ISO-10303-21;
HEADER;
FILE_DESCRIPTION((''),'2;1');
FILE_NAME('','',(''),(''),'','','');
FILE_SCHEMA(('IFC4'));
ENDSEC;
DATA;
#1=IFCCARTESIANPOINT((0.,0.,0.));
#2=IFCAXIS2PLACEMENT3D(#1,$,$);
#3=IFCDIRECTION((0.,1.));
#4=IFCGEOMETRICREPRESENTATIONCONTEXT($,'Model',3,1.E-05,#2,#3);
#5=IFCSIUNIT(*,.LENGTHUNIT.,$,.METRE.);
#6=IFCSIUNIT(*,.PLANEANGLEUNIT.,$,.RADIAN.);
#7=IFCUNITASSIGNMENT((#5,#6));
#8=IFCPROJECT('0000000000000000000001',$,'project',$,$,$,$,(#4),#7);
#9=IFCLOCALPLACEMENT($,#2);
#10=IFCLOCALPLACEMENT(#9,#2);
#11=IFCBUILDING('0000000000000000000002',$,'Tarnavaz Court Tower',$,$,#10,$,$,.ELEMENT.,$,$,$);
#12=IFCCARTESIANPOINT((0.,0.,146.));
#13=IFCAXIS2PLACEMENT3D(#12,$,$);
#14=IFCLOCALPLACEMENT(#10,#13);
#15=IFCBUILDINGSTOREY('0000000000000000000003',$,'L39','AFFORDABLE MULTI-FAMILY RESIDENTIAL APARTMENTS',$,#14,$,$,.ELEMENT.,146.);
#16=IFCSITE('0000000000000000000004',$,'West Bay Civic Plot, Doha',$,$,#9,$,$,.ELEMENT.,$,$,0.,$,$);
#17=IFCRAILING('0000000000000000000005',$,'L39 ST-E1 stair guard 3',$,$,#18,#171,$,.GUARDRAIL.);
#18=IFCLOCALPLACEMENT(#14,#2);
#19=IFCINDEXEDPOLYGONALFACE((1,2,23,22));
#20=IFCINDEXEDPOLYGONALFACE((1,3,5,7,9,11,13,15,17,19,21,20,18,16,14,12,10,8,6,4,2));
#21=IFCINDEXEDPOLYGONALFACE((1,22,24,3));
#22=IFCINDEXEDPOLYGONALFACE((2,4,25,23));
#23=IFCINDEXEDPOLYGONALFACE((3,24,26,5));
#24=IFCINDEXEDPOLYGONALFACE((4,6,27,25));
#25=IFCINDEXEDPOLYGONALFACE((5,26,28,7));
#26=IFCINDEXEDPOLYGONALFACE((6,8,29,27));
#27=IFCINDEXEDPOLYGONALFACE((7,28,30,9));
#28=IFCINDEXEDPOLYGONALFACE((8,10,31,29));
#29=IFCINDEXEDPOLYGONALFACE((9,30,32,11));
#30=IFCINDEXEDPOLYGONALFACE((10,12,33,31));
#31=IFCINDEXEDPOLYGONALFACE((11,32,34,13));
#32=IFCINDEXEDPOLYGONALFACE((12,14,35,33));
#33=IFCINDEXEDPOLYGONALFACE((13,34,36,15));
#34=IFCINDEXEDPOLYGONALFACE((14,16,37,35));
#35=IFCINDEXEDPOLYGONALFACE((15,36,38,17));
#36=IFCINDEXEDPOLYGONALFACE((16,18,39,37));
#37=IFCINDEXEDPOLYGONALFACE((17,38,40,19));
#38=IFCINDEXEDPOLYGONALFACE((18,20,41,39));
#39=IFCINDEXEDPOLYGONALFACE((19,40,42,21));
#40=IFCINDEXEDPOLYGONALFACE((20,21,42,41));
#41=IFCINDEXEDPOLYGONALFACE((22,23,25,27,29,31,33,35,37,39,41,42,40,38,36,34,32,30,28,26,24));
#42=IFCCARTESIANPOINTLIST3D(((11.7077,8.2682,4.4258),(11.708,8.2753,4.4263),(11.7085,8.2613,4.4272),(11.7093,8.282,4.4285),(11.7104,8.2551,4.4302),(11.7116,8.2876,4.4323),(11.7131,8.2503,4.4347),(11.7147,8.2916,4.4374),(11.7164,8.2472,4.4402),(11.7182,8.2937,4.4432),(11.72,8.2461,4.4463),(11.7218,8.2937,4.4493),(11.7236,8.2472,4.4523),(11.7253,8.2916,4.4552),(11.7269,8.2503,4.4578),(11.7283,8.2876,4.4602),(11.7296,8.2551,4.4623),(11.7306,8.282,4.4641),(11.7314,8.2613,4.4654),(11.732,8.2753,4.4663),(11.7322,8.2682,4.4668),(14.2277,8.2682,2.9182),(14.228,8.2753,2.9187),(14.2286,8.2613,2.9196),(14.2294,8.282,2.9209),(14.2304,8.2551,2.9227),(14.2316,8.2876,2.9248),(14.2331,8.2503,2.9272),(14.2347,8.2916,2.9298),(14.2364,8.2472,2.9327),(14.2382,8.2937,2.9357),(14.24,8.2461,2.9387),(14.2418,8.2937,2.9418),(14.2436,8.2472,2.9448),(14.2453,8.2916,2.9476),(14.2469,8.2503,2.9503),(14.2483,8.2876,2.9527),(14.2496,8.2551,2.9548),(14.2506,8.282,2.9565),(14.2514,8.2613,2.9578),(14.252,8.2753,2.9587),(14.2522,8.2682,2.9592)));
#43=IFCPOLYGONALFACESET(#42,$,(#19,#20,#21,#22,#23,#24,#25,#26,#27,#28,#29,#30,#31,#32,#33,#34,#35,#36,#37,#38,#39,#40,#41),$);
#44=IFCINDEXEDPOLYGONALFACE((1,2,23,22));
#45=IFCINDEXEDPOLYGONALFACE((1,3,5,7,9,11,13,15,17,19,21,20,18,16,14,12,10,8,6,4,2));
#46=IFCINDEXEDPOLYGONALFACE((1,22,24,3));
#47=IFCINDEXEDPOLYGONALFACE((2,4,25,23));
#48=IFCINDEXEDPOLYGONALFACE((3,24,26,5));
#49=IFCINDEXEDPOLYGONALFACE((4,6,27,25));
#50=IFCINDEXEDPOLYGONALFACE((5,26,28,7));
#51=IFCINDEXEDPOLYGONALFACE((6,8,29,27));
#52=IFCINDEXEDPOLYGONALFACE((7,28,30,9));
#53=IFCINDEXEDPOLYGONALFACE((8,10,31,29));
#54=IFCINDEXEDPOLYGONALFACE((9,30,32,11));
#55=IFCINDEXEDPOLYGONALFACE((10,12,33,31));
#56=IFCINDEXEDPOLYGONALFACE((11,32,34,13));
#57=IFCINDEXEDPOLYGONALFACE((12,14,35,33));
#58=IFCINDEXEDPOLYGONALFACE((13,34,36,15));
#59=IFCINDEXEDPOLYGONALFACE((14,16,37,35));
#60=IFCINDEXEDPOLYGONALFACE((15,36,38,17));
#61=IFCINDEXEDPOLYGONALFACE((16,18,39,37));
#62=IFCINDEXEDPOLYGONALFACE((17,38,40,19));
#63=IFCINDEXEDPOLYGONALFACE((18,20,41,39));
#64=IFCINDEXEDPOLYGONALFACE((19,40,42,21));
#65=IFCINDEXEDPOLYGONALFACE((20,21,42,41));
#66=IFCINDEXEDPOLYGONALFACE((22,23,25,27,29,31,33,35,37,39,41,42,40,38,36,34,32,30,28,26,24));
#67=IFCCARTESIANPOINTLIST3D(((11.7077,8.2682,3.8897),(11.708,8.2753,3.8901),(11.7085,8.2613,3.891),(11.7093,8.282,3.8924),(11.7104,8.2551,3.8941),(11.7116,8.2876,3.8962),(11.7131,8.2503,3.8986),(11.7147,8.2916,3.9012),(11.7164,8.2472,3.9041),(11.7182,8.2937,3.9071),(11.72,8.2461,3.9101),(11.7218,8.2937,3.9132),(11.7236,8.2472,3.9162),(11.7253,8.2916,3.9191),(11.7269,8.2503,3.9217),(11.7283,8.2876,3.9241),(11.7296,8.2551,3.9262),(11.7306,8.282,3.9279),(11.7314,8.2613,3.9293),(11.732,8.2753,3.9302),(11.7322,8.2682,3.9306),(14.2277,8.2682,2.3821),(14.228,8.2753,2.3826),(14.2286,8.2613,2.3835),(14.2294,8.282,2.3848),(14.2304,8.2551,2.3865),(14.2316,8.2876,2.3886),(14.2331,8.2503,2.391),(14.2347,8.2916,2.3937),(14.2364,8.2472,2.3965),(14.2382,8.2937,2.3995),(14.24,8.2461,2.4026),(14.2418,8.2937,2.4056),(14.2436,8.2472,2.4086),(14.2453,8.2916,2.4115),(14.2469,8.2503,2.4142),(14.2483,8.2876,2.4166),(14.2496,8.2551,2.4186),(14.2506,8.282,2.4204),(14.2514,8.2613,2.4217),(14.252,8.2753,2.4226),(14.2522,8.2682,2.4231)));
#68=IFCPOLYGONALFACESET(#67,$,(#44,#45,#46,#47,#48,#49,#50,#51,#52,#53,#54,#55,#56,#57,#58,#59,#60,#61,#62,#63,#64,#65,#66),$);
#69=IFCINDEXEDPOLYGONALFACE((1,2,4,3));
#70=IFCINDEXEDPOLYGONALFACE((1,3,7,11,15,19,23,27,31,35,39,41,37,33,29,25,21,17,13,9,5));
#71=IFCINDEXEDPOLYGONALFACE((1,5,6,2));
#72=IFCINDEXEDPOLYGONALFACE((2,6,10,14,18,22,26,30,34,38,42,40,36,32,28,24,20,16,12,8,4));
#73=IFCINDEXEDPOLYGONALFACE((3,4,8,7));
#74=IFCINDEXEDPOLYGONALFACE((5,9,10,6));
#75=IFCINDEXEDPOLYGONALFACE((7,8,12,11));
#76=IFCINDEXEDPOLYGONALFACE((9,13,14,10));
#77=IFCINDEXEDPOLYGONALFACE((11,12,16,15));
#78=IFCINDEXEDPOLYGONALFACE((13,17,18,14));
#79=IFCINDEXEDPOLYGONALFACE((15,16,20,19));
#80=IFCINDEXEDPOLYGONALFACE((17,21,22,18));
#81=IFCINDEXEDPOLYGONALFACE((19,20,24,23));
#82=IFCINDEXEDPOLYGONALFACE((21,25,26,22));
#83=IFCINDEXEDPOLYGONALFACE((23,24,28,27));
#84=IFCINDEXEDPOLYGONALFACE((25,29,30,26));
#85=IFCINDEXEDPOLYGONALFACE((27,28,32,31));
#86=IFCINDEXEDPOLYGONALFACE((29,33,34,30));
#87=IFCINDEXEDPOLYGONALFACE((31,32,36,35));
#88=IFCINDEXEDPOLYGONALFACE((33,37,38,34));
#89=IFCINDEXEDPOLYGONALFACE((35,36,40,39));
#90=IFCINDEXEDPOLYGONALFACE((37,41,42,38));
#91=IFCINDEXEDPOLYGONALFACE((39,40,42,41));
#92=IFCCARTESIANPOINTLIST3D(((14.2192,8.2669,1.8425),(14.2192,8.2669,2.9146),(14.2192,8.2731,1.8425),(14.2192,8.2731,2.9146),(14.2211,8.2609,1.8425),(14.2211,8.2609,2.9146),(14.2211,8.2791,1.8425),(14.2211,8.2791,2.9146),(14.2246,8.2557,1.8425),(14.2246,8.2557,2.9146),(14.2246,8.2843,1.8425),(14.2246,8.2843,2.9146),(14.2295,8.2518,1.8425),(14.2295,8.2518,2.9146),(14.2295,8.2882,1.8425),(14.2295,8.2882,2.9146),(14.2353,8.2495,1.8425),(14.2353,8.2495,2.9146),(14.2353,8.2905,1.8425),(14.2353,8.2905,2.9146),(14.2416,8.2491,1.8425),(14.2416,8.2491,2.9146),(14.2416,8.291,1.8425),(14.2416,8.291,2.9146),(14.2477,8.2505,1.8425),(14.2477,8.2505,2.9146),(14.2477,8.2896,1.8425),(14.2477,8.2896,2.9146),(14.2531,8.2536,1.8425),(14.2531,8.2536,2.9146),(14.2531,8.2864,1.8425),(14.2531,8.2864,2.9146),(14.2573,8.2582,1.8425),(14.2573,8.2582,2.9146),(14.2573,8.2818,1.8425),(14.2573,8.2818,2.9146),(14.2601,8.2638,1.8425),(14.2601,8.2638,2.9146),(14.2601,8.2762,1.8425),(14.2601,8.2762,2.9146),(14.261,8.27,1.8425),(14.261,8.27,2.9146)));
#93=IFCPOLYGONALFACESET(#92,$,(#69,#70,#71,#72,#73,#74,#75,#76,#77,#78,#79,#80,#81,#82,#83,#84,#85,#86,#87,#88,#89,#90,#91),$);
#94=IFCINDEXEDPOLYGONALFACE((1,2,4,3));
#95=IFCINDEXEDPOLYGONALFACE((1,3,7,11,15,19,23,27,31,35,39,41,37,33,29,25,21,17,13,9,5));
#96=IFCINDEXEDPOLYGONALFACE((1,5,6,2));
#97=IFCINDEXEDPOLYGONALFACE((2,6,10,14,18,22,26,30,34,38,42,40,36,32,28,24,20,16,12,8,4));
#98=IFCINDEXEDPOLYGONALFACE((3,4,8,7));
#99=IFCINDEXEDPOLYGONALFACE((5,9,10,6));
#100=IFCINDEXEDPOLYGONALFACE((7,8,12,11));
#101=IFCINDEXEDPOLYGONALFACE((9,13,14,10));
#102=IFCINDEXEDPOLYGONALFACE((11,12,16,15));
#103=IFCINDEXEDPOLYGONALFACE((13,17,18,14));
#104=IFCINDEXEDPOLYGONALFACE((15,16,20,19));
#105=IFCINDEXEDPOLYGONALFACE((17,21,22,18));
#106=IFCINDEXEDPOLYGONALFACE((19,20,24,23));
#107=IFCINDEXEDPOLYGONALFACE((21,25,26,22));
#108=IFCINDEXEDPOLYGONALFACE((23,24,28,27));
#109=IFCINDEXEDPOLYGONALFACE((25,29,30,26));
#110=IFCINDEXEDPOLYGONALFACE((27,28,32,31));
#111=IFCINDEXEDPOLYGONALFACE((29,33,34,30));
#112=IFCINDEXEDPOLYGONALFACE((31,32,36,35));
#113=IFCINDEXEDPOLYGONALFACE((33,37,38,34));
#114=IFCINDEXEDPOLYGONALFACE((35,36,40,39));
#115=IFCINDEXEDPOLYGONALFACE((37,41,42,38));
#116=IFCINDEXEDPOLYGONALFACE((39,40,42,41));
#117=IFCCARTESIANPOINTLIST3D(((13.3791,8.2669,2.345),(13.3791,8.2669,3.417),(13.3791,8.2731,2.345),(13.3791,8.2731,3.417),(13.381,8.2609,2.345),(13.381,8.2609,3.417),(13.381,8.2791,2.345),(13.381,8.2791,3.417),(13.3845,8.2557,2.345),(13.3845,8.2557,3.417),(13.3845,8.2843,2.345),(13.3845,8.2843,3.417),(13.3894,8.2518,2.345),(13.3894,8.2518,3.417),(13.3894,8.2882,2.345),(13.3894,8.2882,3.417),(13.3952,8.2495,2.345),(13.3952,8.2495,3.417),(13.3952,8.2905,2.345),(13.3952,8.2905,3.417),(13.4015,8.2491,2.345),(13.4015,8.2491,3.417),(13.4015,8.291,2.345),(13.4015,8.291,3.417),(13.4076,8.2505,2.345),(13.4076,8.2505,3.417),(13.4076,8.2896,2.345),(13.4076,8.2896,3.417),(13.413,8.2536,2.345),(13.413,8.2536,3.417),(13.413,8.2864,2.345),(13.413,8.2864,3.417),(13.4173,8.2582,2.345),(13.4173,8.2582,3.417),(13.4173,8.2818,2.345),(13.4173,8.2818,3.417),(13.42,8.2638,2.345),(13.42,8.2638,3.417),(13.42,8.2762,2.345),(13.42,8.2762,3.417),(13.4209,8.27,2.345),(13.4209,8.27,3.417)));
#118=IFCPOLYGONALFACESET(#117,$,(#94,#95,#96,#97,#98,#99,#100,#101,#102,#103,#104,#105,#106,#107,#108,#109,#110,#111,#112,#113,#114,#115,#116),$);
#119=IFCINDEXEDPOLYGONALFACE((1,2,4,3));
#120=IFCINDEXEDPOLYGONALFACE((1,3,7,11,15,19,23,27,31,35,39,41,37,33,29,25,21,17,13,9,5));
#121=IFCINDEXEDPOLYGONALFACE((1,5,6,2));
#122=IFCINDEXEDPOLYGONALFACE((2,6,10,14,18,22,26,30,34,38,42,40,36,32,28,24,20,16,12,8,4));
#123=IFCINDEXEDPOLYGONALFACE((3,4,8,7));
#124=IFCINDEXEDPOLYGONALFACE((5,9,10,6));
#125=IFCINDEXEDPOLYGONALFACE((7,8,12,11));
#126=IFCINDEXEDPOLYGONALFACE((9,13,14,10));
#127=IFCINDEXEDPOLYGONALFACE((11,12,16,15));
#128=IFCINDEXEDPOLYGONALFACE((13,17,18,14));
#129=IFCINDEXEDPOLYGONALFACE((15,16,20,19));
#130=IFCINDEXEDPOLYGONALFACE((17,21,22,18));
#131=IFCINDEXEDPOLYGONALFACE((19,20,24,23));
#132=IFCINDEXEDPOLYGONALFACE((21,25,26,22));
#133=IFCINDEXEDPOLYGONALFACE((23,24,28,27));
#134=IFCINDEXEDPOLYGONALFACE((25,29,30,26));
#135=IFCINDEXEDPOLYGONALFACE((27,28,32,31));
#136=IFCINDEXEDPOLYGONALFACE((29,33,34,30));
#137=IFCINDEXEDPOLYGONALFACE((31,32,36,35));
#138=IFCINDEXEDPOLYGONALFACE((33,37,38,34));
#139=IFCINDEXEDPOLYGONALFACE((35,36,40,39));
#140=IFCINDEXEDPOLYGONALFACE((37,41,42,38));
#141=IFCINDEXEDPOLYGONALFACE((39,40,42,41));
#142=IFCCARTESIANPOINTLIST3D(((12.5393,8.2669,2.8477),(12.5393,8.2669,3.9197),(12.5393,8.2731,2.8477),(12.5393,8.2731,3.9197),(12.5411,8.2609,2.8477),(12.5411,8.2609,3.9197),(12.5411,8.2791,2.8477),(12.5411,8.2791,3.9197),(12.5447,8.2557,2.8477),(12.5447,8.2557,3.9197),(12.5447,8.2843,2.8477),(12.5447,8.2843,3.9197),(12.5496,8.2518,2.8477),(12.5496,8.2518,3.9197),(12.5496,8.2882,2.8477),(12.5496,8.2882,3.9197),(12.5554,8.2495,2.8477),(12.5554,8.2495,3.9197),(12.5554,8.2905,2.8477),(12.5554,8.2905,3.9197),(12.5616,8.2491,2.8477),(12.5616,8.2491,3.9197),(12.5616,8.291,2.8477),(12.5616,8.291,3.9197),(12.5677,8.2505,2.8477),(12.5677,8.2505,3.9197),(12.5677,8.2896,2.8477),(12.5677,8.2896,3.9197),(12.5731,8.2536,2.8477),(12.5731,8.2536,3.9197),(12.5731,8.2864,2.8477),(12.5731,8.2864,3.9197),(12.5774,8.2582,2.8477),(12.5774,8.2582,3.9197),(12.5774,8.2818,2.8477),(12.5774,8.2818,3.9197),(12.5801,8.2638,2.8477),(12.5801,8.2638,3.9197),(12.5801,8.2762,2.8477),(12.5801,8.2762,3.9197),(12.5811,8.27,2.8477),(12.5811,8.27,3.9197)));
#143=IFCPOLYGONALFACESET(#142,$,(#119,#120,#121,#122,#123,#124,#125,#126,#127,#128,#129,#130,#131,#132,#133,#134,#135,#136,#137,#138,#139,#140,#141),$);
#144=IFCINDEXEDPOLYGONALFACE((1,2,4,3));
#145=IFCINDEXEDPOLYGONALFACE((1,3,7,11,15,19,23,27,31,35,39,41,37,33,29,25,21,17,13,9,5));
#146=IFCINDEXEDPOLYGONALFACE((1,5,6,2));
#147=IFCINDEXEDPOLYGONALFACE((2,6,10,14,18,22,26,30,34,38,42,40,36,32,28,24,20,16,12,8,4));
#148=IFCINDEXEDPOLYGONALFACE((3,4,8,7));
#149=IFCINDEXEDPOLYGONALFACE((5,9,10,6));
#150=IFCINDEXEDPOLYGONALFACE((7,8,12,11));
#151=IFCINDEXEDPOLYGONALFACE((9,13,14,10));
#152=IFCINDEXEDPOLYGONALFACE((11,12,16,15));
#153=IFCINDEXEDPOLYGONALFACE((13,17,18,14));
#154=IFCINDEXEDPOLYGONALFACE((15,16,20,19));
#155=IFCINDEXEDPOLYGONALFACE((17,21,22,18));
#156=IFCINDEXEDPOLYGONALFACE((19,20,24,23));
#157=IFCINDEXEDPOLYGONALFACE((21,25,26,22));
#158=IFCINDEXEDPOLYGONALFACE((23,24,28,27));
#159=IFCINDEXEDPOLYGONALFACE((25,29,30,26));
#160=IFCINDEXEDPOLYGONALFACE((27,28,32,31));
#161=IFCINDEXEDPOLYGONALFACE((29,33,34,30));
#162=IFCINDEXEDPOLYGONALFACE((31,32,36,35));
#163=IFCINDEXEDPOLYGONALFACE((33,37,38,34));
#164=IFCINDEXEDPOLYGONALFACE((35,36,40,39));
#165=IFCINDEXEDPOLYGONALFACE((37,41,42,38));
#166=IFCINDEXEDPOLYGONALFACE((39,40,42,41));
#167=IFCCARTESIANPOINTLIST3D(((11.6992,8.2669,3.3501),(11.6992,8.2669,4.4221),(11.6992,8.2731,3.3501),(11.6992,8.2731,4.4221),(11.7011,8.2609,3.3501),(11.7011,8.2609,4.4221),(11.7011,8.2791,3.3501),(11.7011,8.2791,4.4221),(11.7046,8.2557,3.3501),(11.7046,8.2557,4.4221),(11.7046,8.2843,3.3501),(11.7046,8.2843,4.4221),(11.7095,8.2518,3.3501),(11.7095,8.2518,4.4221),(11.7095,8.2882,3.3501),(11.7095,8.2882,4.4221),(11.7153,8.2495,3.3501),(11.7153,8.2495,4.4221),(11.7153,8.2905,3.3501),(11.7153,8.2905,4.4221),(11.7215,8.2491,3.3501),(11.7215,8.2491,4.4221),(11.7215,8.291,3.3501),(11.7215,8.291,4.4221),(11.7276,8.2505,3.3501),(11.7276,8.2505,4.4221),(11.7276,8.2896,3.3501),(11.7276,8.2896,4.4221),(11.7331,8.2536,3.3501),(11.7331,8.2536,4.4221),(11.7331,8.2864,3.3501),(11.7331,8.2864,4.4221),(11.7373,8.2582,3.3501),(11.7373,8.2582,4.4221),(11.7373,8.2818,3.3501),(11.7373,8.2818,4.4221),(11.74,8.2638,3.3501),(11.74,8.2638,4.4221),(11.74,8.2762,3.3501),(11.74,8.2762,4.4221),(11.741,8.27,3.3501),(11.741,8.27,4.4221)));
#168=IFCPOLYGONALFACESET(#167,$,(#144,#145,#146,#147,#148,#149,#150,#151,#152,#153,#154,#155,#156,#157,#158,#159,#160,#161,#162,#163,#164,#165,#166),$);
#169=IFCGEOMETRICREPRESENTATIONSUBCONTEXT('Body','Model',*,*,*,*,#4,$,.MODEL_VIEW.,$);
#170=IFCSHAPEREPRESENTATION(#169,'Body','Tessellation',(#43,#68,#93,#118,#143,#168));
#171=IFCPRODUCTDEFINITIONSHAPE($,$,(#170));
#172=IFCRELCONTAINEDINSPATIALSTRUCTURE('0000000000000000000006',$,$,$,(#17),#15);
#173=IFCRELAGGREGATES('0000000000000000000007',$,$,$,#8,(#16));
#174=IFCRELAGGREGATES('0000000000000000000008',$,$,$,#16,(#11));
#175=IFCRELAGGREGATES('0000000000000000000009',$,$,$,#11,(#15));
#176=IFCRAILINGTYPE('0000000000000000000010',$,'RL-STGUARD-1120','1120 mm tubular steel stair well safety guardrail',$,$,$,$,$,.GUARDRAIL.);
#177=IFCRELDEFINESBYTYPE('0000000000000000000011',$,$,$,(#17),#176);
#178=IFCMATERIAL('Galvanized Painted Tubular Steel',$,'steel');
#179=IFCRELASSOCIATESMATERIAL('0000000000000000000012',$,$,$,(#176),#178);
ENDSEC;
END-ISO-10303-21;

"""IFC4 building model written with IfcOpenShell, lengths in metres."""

from ifc_helpers import new_model, si_unit, direction, frame, origin, origin_2d, place, context, subcontext, project, spatial, circle, extrude, material, type_object, element, save


model = new_model("IFC4")

# Units and contexts
model_context = context("Model", 3, precision=1e-05, world=origin(), true_north=direction((0.0, 1.0)))
body_context = subcontext(model_context, "Body", "Model", "MODEL_VIEW")
ifc_project = project(units=[si_unit("LENGTHUNIT", "METRE"), si_unit("PLANEANGLEUNIT", "RADIAN")], contexts=[model_context])

# Site, building, storey
site_placement = place(None, origin())
site = spatial("IfcSite", under=ifc_project, at=site_placement, Name="West Bay Civic Plot, Doha", CompositionType="ELEMENT", RefElevation=0.0)
building_placement = place(site_placement, origin())
building = spatial("IfcBuilding", under=site, at=building_placement, Name="Tarnavaz Court Tower", CompositionType="ELEMENT")
storey_placement = place(building_placement, frame((0.0, 0.0, 146.0)))
storey = spatial("IfcBuildingStorey", under=building, at=storey_placement, Name="L39", Description="AFFORDABLE MULTI-FAMILY RESIDENTIAL APARTMENTS", CompositionType="ELEMENT", Elevation=146.0)

# Railing
ifc_material_1 = material(Name="Galvanized Painted Tubular Steel", Category="steel")
railing_type_1 = type_object("IfcRailingType", Name="RL-STGUARD-1120", Description="1120 mm tubular steel stair well safety guardrail", PredefinedType="GUARDRAIL", material=ifc_material_1)
railing_1_placement = place(storey_placement, frame((14.24, 8.27, 1.8425)))
element("IfcRailing", 1, at=railing_1_placement, inside=storey, type_object=railing_type_1, Name="L39 ST-E1 stair guard 3", PredefinedType="GUARDRAIL", context=body_context, shape_type="SweptSolid", body=[
    extrude(circle(Radius=0.0239, at=origin_2d()), frame((0.0, 0.0, 1.0962), z_axis=(-0.85816, 0.0, 0.513383), x_axis=(0.0, -1.0, 0.0)), (0.0, 0.0, 1.0), 2.9365),
    extrude(circle(Radius=0.0239, at=origin_2d()), frame((0.0, 0.0, 0.5601), z_axis=(-0.85816, 0.0, 0.513383), x_axis=(0.0, -1.0, 0.0)), (0.0, 0.0, 1.0), 2.9365),
    extrude(circle(Radius=0.021, at=origin_2d()), origin(), (0.0, 0.0, 1.0), 1.072),
    extrude(circle(Radius=0.021, at=origin_2d()), frame((-0.8401, 0.0, 0.5024)), (0.0, 0.0, 1.0), 1.072),
    extrude(circle(Radius=0.021, at=origin_2d()), frame((-1.6799, 0.0, 1.0051)), (0.0, 0.0, 1.0), 1.072),
    extrude(circle(Radius=0.021, at=origin_2d()), frame((-2.52, 0.0, 1.5076)), (0.0, 0.0, 1.0), 1.072),
])

save(model, "model.ifc")
